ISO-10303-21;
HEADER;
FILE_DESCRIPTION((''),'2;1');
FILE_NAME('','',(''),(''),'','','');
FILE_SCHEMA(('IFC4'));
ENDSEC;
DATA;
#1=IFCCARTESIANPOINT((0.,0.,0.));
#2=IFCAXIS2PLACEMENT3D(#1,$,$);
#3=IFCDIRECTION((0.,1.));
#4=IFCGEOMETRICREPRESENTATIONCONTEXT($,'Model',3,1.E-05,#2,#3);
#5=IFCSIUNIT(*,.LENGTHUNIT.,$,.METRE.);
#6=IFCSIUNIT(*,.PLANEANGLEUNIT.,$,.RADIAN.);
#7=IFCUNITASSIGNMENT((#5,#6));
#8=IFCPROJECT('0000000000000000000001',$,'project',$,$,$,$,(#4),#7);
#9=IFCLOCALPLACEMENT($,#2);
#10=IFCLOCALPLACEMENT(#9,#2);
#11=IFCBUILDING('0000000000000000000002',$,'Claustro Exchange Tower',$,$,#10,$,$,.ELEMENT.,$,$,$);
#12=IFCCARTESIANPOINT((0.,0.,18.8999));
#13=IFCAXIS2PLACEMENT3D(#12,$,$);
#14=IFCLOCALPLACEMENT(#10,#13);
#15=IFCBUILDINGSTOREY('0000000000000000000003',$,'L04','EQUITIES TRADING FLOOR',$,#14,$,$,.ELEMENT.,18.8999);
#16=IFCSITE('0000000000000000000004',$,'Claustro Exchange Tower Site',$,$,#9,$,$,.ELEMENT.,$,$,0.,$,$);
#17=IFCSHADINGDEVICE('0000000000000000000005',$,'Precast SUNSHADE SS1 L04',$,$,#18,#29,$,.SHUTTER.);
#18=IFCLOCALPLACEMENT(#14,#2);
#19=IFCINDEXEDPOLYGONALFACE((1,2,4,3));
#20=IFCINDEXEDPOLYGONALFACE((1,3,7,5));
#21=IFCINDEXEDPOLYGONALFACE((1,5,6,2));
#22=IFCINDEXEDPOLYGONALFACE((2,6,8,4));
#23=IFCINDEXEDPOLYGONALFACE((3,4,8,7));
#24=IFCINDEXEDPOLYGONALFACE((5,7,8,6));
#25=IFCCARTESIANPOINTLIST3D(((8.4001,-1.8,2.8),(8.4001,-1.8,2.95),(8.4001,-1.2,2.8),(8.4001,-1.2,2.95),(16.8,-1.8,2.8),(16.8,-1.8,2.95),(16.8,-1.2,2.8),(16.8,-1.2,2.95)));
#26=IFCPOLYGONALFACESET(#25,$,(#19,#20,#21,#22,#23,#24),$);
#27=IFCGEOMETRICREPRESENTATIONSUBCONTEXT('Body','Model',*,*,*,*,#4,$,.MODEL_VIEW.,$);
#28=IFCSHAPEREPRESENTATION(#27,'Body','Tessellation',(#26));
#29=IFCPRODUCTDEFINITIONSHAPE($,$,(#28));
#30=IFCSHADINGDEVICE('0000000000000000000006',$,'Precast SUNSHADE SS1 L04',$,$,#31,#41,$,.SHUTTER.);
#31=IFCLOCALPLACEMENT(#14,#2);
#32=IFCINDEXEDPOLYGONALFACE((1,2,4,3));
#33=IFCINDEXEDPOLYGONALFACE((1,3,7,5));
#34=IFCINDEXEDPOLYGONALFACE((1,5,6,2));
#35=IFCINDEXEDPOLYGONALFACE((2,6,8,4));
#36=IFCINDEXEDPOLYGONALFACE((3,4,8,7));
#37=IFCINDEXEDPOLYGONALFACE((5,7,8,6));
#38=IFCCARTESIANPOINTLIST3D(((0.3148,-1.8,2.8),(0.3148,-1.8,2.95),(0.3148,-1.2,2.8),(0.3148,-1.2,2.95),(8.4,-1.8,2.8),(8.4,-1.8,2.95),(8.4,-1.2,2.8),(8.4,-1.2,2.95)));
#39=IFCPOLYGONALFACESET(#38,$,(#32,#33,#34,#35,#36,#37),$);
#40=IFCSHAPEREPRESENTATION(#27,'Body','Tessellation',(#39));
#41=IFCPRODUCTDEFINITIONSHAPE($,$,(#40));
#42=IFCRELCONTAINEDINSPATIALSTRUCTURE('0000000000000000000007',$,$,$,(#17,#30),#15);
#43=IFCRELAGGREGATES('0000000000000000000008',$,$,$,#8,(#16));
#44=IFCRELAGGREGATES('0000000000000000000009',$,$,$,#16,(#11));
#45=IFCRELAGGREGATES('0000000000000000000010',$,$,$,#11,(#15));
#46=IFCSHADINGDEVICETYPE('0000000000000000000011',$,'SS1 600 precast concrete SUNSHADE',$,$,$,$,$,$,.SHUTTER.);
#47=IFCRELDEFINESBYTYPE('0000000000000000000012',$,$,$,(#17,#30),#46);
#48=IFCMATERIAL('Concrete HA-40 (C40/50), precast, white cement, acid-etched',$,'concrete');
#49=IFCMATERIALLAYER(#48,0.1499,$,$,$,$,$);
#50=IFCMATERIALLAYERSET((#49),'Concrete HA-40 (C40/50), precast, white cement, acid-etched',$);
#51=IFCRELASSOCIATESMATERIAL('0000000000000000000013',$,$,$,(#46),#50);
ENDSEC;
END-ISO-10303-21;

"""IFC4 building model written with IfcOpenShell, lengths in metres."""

from ifc_helpers import new_model, si_unit, direction, frame, origin, origin_2d, place, context, subcontext, project, spatial, rectangle, extrude, material, layer, layer_set, type_object, element, save


model = new_model("IFC4")

# Units and contexts
model_context = context("Model", 3, precision=1e-05, world=origin(), true_north=direction((0.0, 1.0)))
body_context = subcontext(model_context, "Body", "Model", "MODEL_VIEW")
ifc_project = project(units=[si_unit("LENGTHUNIT", "METRE"), si_unit("PLANEANGLEUNIT", "RADIAN")], contexts=[model_context])

# Site, building, storey
site_placement = place(None, origin())
site = spatial("IfcSite", under=ifc_project, at=site_placement, Name="Claustro Exchange Tower Site", CompositionType="ELEMENT", RefElevation=0.0)
building_placement = place(site_placement, origin())
building = spatial("IfcBuilding", under=site, at=building_placement, Name="Claustro Exchange Tower", CompositionType="ELEMENT")
storey_placement = place(building_placement, frame((0.0, 0.0, 18.8999)))
storey = spatial("IfcBuildingStorey", under=building, at=storey_placement, Name="L04", Description="EQUITIES TRADING FLOOR", CompositionType="ELEMENT", Elevation=18.8999)

# Shading devices
ifc_material_1 = material(Name="Concrete HA-40 (C40/50), precast, white cement, acid-etched", Category="concrete")
ifc_layer_1 = layer(ifc_material_1, 0.1499)
ifc_layer_set_1 = layer_set([ifc_layer_1], Name="Concrete HA-40 (C40/50), precast, white cement, acid-etched")
shading_device_type = type_object("IfcShadingDeviceType", Name="SS1 600 precast concrete SUNSHADE", PredefinedType="SHUTTER", material=ifc_layer_set_1)
shading_device_1_placement = place(storey_placement, frame((12.6001, -1.5, 2.8), z_axis=(0.0, 0.0, 1.0), x_axis=(-1.0, 0.0, 0.0)))
element("IfcShadingDevice", 1, at=shading_device_1_placement, inside=storey, type_object=shading_device_type, Name="Precast SUNSHADE SS1 L04", PredefinedType="SHUTTER", context=body_context, shape_type="SweptSolid", body=[
    extrude(rectangle(XDim=8.3999, YDim=0.6001, at=origin_2d()), origin(), (0.0, 0.0, 1.0), 0.1499),
])
shading_device_2_placement = place(storey_placement, frame((4.3574, -1.5, 2.8), z_axis=(0.0, 0.0, 1.0), x_axis=(-1.0, 0.0, 0.0)))
element("IfcShadingDevice", 2, at=shading_device_2_placement, inside=storey, type_object=shading_device_type, Name="Precast SUNSHADE SS1 L04", PredefinedType="SHUTTER", context=body_context, shape_type="SweptSolid", body=[
    extrude(rectangle(XDim=8.0852, YDim=0.6001, at=origin_2d()), origin(), (0.0, 0.0, 1.0), 0.1499),
])

save(model, "model.ifc")
